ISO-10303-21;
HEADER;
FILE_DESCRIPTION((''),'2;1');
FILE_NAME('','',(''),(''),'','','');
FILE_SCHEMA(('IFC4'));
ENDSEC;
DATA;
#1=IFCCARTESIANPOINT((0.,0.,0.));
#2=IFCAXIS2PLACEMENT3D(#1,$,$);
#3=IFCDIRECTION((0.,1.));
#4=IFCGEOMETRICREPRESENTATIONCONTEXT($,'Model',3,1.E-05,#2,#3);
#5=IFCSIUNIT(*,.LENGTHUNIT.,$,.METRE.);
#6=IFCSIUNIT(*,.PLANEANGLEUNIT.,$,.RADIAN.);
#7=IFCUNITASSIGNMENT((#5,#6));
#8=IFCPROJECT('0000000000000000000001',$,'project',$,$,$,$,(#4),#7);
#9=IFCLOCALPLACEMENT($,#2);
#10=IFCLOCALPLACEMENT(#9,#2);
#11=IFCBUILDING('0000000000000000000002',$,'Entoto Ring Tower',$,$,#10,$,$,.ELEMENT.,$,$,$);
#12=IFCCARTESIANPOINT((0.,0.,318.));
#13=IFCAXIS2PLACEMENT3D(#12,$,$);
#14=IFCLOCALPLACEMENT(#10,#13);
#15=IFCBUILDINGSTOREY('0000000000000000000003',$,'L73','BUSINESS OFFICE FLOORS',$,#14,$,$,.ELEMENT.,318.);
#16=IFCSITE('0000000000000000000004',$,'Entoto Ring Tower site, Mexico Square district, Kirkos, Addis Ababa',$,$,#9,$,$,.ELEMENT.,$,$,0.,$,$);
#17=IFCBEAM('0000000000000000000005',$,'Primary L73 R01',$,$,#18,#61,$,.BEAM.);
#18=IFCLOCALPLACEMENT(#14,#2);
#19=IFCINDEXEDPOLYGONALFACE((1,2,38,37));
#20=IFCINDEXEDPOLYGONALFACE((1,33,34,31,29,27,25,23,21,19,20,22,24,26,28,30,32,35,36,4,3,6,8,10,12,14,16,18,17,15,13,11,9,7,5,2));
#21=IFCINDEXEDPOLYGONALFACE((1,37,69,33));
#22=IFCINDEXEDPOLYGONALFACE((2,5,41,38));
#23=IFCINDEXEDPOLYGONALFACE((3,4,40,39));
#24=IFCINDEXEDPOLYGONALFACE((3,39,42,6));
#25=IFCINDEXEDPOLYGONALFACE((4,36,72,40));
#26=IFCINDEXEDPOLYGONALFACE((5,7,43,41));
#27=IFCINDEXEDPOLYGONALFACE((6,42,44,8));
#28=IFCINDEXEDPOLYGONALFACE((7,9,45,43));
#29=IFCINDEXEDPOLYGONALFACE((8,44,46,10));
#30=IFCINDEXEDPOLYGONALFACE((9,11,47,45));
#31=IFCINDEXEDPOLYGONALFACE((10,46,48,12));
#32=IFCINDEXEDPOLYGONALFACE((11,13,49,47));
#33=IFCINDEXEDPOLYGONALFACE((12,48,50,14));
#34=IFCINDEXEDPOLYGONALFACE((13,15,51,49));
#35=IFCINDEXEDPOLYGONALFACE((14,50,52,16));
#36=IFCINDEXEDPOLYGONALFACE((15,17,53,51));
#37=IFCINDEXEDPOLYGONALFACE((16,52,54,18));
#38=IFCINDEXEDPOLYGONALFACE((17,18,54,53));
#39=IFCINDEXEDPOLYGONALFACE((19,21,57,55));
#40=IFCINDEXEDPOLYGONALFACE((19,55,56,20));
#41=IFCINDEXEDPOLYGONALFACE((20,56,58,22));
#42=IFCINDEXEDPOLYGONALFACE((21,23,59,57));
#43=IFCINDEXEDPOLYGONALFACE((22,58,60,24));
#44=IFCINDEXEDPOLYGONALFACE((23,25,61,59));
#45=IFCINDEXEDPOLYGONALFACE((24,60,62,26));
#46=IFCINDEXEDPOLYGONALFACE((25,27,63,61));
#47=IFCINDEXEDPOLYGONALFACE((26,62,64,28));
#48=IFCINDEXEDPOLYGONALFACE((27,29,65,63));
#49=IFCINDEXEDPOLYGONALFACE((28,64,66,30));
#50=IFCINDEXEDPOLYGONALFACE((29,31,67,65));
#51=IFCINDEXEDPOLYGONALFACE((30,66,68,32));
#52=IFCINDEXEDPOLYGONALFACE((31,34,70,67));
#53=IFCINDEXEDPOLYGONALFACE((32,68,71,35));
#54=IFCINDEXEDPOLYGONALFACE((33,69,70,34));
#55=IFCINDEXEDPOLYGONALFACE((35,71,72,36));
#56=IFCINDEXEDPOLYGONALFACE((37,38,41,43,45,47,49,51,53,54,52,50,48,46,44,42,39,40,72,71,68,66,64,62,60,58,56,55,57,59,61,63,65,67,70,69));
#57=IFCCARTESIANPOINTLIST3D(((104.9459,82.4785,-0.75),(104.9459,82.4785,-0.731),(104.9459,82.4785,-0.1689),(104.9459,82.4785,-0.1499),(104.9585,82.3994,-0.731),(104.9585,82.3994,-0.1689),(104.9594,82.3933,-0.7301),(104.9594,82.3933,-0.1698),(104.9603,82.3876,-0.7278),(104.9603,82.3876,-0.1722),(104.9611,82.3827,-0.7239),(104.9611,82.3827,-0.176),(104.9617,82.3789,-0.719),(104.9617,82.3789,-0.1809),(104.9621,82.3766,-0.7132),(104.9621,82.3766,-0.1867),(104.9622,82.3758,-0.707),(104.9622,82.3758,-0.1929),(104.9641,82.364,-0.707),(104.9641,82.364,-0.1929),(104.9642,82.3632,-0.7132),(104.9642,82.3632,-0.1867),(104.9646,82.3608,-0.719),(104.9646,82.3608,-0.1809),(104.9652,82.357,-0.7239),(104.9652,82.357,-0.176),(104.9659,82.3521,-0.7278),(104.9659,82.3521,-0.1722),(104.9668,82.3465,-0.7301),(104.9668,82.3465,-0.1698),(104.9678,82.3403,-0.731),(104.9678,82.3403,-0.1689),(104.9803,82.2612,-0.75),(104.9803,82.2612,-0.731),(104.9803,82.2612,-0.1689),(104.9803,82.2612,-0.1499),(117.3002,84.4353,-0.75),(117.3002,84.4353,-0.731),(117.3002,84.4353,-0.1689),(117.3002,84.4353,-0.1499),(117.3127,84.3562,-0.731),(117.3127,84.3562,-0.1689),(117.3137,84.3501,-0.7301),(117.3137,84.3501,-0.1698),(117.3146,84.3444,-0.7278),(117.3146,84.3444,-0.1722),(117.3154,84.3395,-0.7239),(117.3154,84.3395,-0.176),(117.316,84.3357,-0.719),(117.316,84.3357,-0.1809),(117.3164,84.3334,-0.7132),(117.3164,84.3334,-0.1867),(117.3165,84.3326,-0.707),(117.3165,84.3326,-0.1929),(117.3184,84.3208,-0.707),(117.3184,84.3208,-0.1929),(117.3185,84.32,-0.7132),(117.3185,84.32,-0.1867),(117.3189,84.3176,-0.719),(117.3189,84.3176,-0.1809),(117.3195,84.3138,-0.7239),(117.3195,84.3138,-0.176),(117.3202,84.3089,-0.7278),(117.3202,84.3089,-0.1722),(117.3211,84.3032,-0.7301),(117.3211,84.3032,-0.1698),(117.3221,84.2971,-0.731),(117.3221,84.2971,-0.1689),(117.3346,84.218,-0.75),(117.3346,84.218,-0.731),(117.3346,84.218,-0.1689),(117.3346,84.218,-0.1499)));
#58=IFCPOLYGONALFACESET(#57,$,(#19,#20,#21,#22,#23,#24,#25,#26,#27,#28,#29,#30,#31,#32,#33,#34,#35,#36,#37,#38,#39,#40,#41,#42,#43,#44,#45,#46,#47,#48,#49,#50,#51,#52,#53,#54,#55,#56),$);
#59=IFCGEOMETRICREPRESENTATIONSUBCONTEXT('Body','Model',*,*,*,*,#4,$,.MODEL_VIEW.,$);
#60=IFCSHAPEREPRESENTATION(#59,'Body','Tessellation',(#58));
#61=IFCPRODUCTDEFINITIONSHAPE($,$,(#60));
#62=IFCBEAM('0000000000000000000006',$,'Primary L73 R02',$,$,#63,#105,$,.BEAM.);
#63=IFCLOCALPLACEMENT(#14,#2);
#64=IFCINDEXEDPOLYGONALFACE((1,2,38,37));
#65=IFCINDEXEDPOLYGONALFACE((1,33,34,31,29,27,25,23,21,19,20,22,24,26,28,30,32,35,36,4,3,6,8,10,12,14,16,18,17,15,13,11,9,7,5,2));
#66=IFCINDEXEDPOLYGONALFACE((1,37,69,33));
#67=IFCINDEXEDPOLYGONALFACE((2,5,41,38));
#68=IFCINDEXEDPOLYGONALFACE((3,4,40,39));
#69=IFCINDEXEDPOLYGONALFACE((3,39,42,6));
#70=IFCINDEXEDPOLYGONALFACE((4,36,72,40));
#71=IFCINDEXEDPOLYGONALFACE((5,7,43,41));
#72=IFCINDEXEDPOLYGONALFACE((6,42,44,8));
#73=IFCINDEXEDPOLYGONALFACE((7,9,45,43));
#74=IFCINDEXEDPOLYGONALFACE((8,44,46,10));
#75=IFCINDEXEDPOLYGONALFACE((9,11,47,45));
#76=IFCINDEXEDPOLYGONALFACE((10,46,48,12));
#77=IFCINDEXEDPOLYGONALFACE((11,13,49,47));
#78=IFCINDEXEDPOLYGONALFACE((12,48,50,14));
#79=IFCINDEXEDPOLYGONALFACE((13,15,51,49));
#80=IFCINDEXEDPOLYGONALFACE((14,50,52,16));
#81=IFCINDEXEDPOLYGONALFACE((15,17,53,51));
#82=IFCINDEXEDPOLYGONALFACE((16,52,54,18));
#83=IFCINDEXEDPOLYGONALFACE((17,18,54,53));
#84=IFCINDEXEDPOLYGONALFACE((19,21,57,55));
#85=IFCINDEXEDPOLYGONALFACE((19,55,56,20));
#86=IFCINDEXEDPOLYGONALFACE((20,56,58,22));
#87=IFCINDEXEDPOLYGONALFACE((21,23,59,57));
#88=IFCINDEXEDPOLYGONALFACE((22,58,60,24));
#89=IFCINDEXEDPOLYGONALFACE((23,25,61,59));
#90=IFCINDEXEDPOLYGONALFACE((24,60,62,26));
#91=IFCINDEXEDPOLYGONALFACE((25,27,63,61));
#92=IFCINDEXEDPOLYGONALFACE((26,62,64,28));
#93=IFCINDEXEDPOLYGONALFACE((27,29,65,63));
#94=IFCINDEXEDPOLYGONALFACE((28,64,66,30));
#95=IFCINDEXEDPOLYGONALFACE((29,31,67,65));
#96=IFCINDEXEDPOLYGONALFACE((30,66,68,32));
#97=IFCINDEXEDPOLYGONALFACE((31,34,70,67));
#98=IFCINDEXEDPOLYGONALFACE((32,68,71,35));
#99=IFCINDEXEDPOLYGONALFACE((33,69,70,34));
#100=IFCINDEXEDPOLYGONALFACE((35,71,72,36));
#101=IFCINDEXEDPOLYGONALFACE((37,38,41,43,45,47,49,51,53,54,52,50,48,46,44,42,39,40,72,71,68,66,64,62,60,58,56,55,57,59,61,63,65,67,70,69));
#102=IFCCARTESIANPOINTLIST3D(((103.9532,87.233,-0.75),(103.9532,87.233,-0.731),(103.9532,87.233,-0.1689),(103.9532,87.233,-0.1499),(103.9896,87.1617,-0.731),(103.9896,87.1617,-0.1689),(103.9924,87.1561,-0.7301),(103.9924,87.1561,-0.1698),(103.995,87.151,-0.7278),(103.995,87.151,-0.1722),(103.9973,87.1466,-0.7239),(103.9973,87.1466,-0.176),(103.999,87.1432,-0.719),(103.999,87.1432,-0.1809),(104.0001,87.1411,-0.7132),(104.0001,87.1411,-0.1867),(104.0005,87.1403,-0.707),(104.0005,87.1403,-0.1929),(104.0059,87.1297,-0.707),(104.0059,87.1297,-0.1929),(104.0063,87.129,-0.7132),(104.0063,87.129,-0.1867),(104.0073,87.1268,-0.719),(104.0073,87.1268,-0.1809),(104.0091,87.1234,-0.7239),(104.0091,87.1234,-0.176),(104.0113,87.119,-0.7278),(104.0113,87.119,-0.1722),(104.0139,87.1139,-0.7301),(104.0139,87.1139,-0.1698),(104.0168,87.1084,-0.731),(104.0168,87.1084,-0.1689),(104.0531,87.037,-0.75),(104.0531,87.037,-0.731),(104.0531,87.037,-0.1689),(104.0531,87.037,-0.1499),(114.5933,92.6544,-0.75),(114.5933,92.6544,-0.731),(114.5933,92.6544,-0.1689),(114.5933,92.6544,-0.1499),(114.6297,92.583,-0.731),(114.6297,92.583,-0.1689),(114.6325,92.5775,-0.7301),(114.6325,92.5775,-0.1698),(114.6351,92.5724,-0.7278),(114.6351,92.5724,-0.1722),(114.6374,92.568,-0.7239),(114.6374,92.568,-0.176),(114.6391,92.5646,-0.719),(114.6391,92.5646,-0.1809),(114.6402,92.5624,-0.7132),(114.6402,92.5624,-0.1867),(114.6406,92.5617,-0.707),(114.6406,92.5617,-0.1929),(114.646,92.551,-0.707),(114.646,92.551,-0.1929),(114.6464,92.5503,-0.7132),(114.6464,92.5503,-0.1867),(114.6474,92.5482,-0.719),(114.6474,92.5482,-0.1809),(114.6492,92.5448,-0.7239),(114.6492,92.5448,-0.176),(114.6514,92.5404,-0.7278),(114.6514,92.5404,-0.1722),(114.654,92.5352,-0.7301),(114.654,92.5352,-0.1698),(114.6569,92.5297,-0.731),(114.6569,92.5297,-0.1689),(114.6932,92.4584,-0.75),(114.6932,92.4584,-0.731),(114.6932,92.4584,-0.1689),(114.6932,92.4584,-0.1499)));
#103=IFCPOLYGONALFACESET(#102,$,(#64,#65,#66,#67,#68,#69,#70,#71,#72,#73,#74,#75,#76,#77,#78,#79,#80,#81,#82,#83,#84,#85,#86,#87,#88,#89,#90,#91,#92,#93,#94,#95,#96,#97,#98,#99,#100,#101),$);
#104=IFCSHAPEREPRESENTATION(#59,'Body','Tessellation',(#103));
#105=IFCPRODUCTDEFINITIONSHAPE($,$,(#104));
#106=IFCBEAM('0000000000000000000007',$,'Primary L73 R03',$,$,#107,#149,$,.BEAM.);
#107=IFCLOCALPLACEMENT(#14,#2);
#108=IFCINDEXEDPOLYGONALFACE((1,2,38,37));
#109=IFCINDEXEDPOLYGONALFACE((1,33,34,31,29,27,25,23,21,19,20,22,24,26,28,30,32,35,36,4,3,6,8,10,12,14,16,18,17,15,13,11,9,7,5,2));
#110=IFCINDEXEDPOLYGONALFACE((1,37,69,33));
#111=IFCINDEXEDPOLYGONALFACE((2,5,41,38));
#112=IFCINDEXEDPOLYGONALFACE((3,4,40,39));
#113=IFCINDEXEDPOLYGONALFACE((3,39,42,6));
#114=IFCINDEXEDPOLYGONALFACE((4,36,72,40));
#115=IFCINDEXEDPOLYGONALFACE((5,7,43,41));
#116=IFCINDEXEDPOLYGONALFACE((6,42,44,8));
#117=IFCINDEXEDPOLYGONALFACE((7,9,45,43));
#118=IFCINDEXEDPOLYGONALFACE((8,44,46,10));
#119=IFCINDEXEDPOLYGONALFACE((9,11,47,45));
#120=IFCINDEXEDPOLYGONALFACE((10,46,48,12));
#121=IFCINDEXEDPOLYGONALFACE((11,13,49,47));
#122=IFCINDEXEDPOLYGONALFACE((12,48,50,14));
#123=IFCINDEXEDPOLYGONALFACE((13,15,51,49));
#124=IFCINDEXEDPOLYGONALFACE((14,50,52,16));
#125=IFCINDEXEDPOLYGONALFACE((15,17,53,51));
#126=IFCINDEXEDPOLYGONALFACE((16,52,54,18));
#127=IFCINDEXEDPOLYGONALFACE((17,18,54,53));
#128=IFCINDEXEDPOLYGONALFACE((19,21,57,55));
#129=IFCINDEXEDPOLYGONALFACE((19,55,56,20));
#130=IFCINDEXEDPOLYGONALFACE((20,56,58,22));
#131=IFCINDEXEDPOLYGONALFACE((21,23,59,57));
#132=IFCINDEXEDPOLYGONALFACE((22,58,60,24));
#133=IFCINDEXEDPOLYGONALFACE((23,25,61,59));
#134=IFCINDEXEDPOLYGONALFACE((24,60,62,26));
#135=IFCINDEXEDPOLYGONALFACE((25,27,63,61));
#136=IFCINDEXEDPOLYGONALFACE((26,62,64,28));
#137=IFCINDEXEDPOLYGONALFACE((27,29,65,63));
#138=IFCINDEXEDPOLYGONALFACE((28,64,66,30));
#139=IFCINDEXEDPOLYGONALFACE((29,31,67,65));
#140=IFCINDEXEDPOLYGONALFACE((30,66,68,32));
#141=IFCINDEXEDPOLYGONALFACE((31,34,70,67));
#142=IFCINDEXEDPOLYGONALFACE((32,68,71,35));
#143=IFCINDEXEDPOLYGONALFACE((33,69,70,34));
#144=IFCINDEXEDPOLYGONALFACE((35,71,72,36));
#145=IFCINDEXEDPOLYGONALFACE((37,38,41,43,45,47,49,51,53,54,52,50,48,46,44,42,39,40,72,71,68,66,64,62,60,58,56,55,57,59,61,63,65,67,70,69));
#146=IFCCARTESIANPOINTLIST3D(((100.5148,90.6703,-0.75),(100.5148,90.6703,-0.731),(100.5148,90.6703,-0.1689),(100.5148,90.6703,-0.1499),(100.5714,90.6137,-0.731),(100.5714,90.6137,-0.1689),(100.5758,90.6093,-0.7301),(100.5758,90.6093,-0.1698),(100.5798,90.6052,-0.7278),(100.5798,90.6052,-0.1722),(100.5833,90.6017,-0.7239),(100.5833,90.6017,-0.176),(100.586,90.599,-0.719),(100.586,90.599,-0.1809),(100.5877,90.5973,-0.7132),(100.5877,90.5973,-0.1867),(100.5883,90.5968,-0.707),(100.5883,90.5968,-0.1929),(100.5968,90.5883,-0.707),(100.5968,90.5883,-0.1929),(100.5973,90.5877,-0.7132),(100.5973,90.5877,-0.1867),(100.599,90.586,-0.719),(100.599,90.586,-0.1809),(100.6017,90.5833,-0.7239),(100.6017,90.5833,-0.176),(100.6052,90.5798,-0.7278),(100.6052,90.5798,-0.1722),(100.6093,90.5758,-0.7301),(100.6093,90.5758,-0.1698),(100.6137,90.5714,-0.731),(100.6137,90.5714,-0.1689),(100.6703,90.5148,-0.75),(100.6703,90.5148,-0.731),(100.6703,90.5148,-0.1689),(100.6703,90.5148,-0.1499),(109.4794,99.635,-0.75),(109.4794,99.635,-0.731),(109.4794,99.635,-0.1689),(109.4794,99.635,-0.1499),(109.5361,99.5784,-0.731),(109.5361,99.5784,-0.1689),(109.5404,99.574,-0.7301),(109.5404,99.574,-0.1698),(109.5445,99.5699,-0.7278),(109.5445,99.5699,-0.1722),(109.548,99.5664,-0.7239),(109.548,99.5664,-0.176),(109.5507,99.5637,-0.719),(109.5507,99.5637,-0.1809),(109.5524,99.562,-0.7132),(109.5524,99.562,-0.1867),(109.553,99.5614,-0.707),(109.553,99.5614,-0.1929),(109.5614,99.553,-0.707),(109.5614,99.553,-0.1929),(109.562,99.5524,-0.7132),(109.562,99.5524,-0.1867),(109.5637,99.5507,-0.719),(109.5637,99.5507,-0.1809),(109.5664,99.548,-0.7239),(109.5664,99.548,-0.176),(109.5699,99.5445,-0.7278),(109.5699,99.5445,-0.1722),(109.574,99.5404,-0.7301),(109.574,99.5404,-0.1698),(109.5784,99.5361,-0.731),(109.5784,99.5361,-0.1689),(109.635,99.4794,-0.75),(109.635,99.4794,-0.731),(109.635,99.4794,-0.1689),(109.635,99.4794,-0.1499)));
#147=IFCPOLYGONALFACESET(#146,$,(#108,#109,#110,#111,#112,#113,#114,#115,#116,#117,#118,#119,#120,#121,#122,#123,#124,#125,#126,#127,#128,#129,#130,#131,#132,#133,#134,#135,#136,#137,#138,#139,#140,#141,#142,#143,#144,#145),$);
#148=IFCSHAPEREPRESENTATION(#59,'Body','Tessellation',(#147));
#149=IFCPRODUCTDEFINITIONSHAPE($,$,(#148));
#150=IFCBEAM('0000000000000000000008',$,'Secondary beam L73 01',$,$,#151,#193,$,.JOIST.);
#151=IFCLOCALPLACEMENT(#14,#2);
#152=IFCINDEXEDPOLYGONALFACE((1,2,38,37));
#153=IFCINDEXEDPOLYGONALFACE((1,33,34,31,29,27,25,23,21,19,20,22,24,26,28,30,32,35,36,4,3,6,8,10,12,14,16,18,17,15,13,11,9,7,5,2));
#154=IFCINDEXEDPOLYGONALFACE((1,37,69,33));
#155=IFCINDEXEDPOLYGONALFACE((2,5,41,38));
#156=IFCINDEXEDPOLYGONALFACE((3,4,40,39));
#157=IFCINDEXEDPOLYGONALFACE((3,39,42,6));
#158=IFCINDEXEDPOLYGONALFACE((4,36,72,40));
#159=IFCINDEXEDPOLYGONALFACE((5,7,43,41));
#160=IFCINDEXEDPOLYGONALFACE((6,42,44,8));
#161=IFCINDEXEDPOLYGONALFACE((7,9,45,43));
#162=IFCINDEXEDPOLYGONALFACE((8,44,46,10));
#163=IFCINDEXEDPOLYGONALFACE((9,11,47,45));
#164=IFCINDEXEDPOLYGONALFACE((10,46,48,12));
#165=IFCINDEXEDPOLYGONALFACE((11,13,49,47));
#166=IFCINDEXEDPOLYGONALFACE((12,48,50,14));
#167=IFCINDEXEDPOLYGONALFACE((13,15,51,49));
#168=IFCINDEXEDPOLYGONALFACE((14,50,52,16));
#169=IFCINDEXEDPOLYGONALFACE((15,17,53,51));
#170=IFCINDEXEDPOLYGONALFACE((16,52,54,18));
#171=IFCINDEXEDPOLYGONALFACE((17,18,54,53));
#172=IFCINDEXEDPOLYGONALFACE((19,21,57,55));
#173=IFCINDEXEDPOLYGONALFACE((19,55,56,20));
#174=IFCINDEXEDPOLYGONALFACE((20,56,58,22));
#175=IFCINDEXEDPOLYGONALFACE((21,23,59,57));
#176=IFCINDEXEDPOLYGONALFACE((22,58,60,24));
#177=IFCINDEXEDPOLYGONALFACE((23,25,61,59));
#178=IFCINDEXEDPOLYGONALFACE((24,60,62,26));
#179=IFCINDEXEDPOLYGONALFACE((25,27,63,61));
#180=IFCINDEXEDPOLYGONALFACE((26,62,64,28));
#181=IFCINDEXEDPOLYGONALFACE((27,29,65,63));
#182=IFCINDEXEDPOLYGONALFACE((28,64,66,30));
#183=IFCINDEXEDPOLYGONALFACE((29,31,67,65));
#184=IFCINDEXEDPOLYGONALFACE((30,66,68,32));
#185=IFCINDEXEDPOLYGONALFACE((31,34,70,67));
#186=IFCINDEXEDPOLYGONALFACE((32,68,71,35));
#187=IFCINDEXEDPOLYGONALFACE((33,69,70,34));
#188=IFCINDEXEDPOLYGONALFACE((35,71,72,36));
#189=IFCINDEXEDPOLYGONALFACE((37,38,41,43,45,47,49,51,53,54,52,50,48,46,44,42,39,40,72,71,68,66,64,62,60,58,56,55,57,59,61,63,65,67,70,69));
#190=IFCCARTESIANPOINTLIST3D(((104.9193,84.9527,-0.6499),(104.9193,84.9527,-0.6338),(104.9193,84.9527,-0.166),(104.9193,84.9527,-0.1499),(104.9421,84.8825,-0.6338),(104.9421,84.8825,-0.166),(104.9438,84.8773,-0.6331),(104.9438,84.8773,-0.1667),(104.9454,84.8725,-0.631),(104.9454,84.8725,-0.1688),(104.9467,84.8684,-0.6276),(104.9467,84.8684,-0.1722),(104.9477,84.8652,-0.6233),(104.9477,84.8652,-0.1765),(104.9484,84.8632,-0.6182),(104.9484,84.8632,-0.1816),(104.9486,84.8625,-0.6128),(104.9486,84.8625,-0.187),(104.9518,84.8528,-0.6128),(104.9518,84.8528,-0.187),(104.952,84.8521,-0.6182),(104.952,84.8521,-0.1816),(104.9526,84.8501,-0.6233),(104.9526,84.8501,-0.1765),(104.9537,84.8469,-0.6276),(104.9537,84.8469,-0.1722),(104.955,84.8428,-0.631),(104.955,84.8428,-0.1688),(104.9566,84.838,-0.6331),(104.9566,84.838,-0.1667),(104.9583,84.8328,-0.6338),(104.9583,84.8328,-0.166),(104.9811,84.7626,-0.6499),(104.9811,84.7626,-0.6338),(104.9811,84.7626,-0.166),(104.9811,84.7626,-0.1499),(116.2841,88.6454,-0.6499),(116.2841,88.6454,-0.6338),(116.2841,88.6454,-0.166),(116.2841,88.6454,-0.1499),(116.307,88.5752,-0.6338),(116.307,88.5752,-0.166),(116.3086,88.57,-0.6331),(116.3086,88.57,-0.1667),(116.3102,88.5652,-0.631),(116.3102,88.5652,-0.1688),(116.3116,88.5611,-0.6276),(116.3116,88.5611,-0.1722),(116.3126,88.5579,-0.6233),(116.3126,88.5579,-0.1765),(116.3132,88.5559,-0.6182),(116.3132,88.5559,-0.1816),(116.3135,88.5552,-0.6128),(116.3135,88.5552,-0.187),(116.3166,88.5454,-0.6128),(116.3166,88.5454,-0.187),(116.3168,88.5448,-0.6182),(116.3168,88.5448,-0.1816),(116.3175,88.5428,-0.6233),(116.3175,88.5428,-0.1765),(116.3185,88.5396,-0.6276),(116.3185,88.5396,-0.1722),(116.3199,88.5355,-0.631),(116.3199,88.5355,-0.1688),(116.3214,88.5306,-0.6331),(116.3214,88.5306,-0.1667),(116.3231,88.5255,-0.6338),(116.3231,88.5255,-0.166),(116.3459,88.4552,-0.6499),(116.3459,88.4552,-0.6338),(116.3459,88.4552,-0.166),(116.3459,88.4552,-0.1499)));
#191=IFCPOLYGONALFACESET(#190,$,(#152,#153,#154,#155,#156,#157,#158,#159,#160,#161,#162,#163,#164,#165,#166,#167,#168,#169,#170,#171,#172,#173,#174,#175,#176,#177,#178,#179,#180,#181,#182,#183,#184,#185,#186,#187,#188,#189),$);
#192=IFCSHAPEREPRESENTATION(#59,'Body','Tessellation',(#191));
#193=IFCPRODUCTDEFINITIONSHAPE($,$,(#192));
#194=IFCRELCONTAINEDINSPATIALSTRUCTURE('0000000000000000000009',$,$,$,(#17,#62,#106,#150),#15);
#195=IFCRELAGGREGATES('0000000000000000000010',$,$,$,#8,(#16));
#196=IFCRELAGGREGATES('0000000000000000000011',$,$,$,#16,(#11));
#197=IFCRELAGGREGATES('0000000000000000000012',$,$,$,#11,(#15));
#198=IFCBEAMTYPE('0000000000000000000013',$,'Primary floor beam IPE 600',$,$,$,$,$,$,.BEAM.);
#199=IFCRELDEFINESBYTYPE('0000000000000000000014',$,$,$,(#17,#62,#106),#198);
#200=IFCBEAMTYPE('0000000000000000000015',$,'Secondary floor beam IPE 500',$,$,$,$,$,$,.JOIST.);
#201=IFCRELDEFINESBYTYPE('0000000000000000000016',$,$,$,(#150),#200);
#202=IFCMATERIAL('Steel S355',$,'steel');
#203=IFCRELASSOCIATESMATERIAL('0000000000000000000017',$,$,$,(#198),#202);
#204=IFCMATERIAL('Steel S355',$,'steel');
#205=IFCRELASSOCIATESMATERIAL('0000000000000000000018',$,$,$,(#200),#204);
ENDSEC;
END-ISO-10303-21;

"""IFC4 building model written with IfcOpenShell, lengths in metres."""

from ifc_helpers import new_model, si_unit, direction, frame, origin, origin_2d, place, context, subcontext, project, spatial, i_section, extrude, material, material_profile, profile_set, type_object, element, save


model = new_model("IFC4")

# Units and contexts
model_context = context("Model", 3, precision=1e-05, world=origin(), true_north=direction((0.0, 1.0)))
body_context = subcontext(model_context, "Body", "Model", "MODEL_VIEW")
ifc_project = project(units=[si_unit("LENGTHUNIT", "METRE"), si_unit("PLANEANGLEUNIT", "RADIAN")], contexts=[model_context])

# Site, building, storey
site_placement = place(None, origin())
site = spatial("IfcSite", under=ifc_project, at=site_placement, Name="Entoto Ring Tower site, Mexico Square district, Kirkos, Addis Ababa", CompositionType="ELEMENT", RefElevation=0.0)
building_placement = place(site_placement, origin())
building = spatial("IfcBuilding", under=site, at=building_placement, Name="Entoto Ring Tower", CompositionType="ELEMENT")
storey_placement = place(building_placement, frame((0.0, 0.0, 318.0)))
storey = spatial("IfcBuildingStorey", under=building, at=storey_placement, Name="L73", Description="BUSINESS OFFICE FLOORS", CompositionType="ELEMENT", Elevation=318.0)

# Beams
ifc_material_1 = material(Name="Steel S355", Category="steel")
ifc_material_profile_1 = material_profile(ifc_material_1, i_section(OverallWidth=0.22, OverallDepth=0.6001, WebThickness=0.012, FlangeThickness=0.019, FilletRadius=0.0239, at=origin_2d()), Name="IPE 600")
ifc_profile_set_1 = profile_set([ifc_material_profile_1], Name="Steel S355")
beam_type_1 = type_object("IfcBeamType", Name="Primary floor beam IPE 600", PredefinedType="BEAM", material=ifc_profile_set_1)
beam_1_placement = place(storey_placement, frame((104.9631, 82.3699, -0.45), z_axis=(0.987688, 0.15644, 0.0), x_axis=(-0.15644, 0.987688, 0.0)))
element("IfcBeam", 1, at=beam_1_placement, inside=storey, type_object=beam_type_1, Name="Primary L73 R01", PredefinedType="BEAM", context=body_context, shape_type="SweptSolid", body=[
    extrude(i_section(OverallWidth=0.22, OverallDepth=0.6001, WebThickness=0.012, FlangeThickness=0.019, FilletRadius=0.0239, at=origin_2d()), origin(), (0.0, 0.0, 1.0), 12.5083),
])
beam_2_placement = place(storey_placement, frame((104.0032, 87.135, -0.45), z_axis=(0.891008, 0.453988, 0.0), x_axis=(-0.453988, 0.891008, 0.0)))
element("IfcBeam", 2, at=beam_2_placement, inside=storey, type_object=beam_type_1, Name="Primary L73 R02", PredefinedType="BEAM", context=body_context, shape_type="SweptSolid", body=[
    extrude(i_section(OverallWidth=0.22, OverallDepth=0.6001, WebThickness=0.012, FlangeThickness=0.019, FilletRadius=0.0239, at=origin_2d()), origin(), (0.0, 0.0, 1.0), 11.9417),
])
beam_3_placement = place(storey_placement, frame((100.5925, 90.5925, -0.45), z_axis=(0.707107, 0.707107, 0.0), x_axis=(-0.707107, 0.707107, 0.0)))
element("IfcBeam", 3, at=beam_3_placement, inside=storey, type_object=beam_type_1, Name="Primary L73 R03", PredefinedType="BEAM", context=body_context, shape_type="SweptSolid", body=[
    extrude(i_section(OverallWidth=0.22, OverallDepth=0.6001, WebThickness=0.012, FlangeThickness=0.019, FilletRadius=0.0239, at=origin_2d()), origin(), (0.0, 0.0, 1.0), 12.678),
])
ifc_material_2 = material(Name="Steel S355", Category="steel")
ifc_material_profile_2 = material_profile(ifc_material_2, i_section(OverallWidth=0.2, OverallDepth=0.5, WebThickness=0.0103, FlangeThickness=0.0161, FilletRadius=0.021, at=origin_2d()), Name="IPE 500")
ifc_profile_set_2 = profile_set([ifc_material_profile_2], Name="Steel S355")
beam_type_2 = type_object("IfcBeamType", Name="Secondary floor beam IPE 500", PredefinedType="JOIST", material=ifc_profile_set_2)
beam_4_placement = place(storey_placement, frame((104.9502, 84.8577, -0.3999), z_axis=(0.951057, 0.309017, 0.0), x_axis=(-0.309017, 0.951057, 0.0)))
element("IfcBeam", 4, at=beam_4_placement, inside=storey, type_object=beam_type_2, Name="Secondary beam L73 01", PredefinedType="JOIST", context=body_context, shape_type="SweptSolid", body=[
    extrude(i_section(OverallWidth=0.2, OverallDepth=0.5, WebThickness=0.0103, FlangeThickness=0.0161, FilletRadius=0.021, at=origin_2d()), origin(), (0.0, 0.0, 1.0), 11.9497),
])

save(model, "model.ifc")
